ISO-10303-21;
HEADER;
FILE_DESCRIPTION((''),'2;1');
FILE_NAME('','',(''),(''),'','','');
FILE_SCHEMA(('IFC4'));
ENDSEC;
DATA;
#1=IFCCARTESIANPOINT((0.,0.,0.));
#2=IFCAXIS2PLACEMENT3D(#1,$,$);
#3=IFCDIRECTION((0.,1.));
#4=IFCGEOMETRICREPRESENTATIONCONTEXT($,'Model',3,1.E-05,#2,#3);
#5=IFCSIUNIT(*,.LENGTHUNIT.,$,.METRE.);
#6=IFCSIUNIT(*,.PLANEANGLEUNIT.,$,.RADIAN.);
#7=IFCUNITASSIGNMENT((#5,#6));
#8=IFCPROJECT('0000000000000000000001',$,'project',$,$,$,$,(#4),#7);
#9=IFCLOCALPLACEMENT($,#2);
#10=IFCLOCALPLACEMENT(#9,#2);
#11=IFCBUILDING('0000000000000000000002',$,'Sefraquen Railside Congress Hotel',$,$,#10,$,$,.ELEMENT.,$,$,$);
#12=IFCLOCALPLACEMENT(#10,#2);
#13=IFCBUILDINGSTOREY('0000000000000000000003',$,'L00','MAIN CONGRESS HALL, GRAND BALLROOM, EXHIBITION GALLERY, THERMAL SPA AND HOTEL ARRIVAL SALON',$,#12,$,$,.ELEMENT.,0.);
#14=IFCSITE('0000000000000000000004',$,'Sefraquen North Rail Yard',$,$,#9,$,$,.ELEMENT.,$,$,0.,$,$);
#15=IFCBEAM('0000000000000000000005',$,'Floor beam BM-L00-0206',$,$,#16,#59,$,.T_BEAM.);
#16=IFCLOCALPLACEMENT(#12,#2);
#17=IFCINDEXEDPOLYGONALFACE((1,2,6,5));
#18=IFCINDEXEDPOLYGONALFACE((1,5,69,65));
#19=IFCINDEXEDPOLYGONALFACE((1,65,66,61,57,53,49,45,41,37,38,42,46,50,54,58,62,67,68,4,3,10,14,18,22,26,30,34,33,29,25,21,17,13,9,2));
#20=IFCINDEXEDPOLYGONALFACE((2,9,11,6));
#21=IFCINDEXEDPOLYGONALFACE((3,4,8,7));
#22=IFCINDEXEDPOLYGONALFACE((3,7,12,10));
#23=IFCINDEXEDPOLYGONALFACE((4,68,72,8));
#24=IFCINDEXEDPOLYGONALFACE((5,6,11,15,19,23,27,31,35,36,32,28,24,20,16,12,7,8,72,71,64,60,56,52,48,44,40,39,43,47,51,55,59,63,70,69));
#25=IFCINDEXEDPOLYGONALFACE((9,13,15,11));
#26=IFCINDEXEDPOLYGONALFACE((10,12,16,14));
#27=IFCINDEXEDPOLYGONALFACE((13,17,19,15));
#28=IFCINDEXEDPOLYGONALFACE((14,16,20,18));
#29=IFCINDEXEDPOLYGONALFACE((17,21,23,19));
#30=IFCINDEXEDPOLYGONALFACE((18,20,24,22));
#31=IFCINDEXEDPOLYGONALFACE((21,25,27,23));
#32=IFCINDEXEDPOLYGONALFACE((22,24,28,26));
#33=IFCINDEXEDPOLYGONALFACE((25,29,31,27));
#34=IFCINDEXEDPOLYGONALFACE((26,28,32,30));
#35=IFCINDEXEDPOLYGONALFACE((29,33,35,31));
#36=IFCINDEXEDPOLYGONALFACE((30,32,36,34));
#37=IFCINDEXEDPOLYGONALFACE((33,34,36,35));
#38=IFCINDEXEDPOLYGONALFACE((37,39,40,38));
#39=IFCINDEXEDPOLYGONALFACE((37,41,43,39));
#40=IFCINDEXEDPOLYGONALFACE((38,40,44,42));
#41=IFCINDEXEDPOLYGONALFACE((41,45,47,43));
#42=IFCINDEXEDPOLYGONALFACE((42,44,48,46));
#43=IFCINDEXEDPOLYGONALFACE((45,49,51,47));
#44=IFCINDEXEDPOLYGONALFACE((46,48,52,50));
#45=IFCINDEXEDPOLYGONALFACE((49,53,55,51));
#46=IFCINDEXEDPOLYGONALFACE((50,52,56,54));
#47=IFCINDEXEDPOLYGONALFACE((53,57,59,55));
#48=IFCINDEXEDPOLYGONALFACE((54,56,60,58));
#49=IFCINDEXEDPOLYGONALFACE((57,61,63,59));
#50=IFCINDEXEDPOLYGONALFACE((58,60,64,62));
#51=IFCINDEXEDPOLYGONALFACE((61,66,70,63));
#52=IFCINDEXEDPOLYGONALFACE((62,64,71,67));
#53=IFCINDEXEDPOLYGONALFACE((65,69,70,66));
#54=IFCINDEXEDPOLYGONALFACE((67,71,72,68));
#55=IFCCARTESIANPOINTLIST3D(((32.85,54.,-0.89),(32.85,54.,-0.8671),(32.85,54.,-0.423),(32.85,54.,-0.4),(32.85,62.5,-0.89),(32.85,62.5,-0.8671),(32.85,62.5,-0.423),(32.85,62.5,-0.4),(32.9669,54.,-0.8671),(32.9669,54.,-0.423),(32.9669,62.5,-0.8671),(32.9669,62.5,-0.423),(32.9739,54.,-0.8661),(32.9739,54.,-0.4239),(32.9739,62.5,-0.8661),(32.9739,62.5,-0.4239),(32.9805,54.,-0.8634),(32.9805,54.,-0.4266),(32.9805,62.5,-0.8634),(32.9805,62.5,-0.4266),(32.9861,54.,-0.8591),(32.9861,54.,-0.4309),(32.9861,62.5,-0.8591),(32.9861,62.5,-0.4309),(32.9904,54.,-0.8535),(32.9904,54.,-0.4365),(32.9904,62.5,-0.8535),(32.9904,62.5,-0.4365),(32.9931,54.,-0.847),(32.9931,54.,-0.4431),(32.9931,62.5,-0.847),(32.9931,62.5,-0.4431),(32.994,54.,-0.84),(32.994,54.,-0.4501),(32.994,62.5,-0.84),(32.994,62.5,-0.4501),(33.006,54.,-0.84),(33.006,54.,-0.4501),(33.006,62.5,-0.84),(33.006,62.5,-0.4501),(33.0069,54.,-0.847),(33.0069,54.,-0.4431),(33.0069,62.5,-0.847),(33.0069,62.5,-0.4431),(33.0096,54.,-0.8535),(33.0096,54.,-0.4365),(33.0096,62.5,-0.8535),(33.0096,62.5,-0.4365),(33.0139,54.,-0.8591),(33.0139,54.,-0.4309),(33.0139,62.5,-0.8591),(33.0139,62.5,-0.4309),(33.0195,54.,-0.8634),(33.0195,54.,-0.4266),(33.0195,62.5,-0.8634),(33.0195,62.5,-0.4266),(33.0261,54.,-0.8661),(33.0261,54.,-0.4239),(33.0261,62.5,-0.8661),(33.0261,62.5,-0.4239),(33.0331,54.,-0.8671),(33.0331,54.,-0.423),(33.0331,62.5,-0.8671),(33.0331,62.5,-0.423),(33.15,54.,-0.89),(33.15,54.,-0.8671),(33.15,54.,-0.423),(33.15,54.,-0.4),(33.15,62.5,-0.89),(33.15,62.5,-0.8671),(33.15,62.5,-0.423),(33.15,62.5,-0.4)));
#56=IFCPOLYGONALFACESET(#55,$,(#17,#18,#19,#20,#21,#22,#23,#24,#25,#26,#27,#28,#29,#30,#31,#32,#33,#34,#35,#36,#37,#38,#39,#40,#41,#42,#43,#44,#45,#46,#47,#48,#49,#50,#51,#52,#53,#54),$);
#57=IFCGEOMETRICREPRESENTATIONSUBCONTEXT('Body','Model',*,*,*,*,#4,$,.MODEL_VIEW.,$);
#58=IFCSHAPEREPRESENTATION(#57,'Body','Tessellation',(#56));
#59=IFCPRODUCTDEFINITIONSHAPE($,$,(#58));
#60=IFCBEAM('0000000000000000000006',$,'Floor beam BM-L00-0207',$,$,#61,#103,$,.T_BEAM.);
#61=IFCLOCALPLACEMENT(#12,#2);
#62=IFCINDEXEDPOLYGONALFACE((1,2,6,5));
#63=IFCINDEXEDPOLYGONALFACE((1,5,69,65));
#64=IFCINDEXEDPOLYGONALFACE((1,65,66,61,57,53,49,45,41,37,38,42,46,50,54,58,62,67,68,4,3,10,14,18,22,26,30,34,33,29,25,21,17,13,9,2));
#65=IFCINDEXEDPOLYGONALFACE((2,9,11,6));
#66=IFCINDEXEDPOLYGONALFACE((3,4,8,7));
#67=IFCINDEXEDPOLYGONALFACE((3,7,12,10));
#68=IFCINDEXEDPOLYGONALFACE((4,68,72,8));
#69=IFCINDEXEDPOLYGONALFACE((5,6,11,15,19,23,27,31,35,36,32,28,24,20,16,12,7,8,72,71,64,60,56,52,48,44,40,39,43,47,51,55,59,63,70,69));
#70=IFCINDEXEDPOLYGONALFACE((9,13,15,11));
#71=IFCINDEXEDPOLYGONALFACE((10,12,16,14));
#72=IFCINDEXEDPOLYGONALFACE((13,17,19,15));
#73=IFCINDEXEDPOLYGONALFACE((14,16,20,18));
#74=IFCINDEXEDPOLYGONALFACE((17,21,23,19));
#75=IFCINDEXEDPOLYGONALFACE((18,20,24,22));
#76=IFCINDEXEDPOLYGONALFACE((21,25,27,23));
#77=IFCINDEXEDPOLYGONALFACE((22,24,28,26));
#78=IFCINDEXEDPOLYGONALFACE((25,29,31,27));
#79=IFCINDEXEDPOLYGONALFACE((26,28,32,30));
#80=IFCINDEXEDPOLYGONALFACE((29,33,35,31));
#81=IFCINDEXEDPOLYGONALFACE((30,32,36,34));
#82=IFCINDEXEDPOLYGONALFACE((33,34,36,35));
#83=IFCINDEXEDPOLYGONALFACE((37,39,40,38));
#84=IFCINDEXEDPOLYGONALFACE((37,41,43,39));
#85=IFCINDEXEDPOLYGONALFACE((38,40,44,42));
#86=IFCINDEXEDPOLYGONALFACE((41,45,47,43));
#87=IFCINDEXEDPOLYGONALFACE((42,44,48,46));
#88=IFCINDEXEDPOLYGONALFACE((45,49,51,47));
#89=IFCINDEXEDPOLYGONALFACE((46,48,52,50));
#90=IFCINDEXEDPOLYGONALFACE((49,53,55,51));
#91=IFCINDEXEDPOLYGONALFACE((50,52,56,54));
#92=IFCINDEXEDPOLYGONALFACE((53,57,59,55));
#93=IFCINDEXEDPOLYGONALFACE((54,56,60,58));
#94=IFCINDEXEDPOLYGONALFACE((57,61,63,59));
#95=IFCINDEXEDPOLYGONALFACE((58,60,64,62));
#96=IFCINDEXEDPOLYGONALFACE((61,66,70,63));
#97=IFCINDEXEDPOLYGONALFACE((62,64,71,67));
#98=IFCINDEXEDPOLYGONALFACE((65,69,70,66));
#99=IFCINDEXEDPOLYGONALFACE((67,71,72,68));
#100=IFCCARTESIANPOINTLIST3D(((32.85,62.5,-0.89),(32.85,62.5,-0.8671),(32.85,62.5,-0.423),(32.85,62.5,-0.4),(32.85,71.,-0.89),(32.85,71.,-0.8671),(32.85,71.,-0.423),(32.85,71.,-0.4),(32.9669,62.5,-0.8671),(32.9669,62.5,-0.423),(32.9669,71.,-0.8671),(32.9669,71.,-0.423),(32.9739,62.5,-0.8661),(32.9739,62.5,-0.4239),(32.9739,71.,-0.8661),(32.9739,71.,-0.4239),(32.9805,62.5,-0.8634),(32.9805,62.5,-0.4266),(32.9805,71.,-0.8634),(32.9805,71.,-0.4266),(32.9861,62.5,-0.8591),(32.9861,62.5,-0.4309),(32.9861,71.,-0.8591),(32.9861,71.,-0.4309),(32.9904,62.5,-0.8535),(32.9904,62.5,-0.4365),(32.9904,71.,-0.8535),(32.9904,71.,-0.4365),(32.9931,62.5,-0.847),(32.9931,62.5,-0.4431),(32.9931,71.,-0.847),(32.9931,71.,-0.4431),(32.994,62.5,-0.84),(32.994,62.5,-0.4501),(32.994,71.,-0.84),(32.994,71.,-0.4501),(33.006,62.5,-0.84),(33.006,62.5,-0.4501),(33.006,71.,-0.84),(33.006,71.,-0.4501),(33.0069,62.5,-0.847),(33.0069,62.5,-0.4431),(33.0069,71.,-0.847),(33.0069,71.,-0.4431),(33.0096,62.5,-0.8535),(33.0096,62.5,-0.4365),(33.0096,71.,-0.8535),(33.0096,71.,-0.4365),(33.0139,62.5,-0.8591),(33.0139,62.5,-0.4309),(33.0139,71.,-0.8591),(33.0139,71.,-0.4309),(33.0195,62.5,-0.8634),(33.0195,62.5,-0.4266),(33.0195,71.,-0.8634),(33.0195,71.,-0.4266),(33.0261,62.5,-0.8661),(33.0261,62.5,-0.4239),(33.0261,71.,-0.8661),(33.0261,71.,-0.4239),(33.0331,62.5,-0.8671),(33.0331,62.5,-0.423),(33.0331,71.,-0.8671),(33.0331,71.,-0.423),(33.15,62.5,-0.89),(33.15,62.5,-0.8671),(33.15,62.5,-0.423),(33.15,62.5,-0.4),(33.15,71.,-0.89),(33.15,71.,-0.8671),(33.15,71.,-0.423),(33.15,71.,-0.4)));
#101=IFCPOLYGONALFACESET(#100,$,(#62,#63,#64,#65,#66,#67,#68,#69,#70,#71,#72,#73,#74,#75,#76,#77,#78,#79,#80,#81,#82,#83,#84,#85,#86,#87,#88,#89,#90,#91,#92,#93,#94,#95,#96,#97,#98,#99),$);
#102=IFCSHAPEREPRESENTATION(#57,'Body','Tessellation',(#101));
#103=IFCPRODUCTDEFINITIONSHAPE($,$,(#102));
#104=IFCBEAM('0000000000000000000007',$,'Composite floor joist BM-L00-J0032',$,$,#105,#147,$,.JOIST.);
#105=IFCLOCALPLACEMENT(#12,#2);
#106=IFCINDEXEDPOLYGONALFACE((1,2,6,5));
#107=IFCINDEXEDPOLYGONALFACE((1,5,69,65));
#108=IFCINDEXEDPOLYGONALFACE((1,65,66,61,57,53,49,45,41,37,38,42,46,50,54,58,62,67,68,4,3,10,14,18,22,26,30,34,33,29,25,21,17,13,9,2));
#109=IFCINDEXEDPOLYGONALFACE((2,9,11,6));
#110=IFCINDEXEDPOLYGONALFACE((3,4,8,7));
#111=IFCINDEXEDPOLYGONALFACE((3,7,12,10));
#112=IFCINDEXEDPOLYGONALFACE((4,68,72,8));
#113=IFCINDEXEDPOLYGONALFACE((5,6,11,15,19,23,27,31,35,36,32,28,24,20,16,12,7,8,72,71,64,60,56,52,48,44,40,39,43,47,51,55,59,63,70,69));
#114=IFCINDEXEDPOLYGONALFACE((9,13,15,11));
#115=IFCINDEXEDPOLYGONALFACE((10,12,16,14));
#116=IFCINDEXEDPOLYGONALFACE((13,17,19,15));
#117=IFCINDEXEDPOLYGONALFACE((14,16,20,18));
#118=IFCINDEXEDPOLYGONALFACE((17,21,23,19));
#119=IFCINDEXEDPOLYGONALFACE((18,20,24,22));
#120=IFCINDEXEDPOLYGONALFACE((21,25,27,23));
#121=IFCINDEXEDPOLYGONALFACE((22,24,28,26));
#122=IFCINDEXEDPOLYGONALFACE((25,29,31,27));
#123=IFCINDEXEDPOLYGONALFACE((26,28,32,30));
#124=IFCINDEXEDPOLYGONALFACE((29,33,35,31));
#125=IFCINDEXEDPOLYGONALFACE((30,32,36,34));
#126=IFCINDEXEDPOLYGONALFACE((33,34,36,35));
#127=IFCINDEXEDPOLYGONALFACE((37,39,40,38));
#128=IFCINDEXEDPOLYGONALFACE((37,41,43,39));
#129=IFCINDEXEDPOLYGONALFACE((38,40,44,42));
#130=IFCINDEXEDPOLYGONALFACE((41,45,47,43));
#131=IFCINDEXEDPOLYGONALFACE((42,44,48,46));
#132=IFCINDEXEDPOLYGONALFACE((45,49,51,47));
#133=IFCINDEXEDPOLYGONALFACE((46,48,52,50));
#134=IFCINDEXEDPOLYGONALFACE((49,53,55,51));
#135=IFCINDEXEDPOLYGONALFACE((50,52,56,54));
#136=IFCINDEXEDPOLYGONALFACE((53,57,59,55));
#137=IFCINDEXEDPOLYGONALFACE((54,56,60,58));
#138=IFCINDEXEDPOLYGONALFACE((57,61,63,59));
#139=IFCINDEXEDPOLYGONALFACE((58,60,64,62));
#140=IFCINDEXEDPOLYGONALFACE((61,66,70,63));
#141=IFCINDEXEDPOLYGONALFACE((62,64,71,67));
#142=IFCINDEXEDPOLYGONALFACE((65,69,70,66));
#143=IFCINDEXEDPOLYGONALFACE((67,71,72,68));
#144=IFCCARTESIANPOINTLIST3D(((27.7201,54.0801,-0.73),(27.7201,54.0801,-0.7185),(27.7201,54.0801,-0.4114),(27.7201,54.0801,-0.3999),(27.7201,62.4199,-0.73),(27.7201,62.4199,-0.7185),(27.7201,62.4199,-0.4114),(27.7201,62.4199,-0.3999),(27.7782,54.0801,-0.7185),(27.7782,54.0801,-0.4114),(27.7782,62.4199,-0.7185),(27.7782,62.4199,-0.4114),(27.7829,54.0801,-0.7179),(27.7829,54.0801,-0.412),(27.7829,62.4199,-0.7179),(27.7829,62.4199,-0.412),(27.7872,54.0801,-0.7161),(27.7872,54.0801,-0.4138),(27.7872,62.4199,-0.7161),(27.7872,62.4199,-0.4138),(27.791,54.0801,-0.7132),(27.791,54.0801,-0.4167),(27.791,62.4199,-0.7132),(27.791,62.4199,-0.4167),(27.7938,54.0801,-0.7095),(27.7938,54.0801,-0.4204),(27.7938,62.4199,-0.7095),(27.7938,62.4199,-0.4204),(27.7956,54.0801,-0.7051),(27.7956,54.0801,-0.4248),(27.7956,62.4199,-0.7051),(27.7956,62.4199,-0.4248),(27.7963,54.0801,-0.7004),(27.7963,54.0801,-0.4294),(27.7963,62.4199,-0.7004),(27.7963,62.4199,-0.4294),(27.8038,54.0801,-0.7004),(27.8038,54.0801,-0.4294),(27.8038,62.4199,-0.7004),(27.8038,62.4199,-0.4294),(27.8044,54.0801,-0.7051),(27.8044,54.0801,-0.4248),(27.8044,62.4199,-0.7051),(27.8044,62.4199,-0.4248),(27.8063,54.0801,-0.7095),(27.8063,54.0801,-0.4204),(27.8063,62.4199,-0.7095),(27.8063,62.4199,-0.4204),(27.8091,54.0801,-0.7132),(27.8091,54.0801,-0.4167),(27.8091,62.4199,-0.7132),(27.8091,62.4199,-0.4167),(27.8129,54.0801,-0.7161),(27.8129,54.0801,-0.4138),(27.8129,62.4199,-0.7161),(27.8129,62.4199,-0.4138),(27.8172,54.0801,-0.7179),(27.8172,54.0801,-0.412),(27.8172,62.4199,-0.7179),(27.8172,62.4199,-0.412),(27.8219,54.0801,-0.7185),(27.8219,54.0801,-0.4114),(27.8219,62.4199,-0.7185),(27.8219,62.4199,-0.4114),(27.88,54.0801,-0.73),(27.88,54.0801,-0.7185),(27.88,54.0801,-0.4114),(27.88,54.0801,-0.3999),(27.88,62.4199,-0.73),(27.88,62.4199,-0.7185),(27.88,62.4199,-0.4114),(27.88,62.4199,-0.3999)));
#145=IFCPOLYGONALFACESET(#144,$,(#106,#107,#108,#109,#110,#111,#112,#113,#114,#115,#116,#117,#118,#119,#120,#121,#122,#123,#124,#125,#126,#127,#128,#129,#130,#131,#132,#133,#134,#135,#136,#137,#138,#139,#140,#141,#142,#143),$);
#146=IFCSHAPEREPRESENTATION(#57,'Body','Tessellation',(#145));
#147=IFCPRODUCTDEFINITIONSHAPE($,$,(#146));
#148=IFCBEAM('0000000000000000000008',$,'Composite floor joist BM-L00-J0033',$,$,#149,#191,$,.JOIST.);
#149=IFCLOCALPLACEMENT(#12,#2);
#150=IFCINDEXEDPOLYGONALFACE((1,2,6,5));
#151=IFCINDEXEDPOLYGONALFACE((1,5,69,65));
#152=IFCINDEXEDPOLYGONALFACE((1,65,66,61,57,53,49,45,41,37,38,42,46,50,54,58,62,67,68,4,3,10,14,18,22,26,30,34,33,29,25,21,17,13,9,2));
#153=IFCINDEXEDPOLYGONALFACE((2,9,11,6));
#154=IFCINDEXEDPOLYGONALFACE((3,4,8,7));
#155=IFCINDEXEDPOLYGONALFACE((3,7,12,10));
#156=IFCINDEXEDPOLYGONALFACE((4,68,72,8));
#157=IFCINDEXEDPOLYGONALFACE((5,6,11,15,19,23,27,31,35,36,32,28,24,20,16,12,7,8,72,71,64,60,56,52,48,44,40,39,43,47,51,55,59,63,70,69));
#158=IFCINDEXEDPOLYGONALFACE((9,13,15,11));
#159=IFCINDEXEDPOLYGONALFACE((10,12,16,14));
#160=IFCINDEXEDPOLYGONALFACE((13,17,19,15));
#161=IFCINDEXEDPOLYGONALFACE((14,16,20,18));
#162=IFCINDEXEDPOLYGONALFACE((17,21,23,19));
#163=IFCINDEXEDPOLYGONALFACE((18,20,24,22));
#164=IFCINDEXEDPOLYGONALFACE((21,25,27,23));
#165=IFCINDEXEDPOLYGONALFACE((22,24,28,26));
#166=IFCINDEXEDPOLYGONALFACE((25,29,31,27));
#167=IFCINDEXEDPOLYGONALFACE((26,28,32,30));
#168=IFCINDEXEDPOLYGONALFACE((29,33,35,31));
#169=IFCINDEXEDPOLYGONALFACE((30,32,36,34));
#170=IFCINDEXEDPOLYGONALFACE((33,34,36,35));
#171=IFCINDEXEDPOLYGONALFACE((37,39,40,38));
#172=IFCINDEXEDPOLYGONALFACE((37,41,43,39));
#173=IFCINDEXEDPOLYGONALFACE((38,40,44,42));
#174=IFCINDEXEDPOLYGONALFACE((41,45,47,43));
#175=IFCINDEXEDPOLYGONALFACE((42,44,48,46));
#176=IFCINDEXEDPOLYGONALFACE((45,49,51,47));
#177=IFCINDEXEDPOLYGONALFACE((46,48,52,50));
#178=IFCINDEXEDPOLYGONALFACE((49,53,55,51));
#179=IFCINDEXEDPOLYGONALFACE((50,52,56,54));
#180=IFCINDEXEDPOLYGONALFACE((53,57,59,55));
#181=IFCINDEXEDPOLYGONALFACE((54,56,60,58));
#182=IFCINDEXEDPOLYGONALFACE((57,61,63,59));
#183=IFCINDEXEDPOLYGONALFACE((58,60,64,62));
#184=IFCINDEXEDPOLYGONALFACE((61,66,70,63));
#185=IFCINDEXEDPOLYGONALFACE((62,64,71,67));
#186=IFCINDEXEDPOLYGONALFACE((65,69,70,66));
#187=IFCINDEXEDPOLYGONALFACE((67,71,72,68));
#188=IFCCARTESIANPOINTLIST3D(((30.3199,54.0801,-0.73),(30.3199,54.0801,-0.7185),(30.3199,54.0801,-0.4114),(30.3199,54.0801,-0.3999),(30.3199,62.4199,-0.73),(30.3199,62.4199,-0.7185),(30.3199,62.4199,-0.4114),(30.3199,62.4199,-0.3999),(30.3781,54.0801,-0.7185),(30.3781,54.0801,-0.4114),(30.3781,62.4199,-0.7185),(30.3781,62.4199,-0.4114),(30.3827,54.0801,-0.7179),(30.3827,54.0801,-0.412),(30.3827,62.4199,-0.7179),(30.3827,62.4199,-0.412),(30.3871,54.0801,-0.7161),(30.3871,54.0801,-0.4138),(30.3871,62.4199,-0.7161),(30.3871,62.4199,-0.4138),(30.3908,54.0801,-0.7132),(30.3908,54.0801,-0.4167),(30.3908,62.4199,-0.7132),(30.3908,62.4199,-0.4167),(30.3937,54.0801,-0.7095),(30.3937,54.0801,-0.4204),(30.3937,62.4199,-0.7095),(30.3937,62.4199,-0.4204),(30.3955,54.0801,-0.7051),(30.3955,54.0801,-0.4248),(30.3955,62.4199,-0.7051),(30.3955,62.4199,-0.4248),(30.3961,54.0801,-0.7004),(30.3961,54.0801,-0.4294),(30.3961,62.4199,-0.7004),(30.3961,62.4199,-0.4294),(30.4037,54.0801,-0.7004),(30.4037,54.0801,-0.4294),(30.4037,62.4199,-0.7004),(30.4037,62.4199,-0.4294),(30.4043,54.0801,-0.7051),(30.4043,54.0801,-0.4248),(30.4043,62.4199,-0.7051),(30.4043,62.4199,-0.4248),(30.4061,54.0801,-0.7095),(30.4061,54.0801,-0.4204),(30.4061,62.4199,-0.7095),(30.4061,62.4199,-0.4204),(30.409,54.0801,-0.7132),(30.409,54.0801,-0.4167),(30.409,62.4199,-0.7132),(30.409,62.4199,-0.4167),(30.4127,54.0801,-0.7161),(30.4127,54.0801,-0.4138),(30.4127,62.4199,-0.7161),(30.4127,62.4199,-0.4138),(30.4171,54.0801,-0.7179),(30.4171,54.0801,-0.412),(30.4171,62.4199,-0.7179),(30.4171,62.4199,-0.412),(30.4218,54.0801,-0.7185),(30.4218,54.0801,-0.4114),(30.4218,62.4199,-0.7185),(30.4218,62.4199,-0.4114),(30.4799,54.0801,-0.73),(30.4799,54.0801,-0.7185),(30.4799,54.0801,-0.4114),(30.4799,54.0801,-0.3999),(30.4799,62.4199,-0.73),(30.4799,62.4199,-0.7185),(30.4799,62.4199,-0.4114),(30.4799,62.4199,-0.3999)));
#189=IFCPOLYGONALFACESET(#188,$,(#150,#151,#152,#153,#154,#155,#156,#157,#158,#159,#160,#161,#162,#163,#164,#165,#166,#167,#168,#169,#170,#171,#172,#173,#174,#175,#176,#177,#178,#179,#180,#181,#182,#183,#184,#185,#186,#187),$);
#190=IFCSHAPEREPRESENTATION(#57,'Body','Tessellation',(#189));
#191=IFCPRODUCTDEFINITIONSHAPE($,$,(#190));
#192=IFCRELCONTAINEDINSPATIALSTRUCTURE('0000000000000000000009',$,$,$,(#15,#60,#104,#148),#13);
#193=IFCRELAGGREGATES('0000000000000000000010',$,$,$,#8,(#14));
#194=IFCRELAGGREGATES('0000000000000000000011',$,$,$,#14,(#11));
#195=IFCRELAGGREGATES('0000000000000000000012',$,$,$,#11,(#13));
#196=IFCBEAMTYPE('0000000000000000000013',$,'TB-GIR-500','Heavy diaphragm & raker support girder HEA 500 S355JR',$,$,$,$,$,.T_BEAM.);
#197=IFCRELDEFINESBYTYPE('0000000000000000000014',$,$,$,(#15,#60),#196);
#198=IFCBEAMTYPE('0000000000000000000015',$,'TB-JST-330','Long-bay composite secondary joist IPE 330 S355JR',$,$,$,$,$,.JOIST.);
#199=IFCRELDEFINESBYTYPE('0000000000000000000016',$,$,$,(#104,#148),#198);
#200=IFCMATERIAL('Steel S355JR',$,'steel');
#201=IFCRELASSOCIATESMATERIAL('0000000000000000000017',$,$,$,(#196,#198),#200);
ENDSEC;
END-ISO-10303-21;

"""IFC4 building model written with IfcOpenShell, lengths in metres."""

from ifc_helpers import new_model, si_unit, direction, frame, origin, origin_2d, place, context, subcontext, project, spatial, i_section, extrude, material, material_profile, profile_set, type_object, element, save


model = new_model("IFC4")

# Units and contexts
model_context = context("Model", 3, precision=1e-05, world=origin(), true_north=direction((0.0, 1.0)))
body_context = subcontext(model_context, "Body", "Model", "MODEL_VIEW")
ifc_project = project(units=[si_unit("LENGTHUNIT", "METRE"), si_unit("PLANEANGLEUNIT", "RADIAN")], contexts=[model_context])

# Site, building, storey
site_placement = place(None, origin())
site = spatial("IfcSite", under=ifc_project, at=site_placement, Name="Sefraquen North Rail Yard", CompositionType="ELEMENT", RefElevation=0.0)
building_placement = place(site_placement, origin())
building = spatial("IfcBuilding", under=site, at=building_placement, Name="Sefraquen Railside Congress Hotel", CompositionType="ELEMENT")
storey_placement = place(building_placement, origin())
storey = spatial("IfcBuildingStorey", under=building, at=storey_placement, Name="L00", Description="MAIN CONGRESS HALL, GRAND BALLROOM, EXHIBITION GALLERY, THERMAL SPA AND HOTEL ARRIVAL SALON", CompositionType="ELEMENT", Elevation=0.0)

# Shared definitions
ifc_material_1 = material(Name="Steel S355JR", Category="steel")

# Beams
ifc_material_profile_1 = material_profile(ifc_material_1, i_section(OverallWidth=0.3, OverallDepth=0.49, WebThickness=0.012, FlangeThickness=0.0229, FilletRadius=0.0271, at=origin_2d()), Name="HEA 500")
ifc_profile_set_1 = profile_set([ifc_material_profile_1], Name="Steel S355JR")
beam_type_1 = type_object("IfcBeamType", Name="TB-GIR-500", Description="Heavy diaphragm & raker support girder HEA 500 S355JR", PredefinedType="T_BEAM", material=ifc_profile_set_1)
for number, where, z_axis, x_axis, name in (
    (1, (33.0, 54.0, -0.645), (0.0, 1.0, 0.0), (-1.0, 0.0, 0.0), "Floor beam BM-L00-0206"),
    (2, (33.0, 62.5, -0.645), (0.0, 1.0, 0.0), (-1.0, 0.0, 0.0), "Floor beam BM-L00-0207"),
):
    element("IfcBeam", number, at=place(storey_placement, frame(where, z_axis=z_axis, x_axis=x_axis)), inside=storey, type_object=beam_type_1, Name=name, PredefinedType="T_BEAM", context=body_context, shape_type="SweptSolid", body=[
        extrude(i_section(OverallWidth=0.3, OverallDepth=0.49, WebThickness=0.012, FlangeThickness=0.0229, FilletRadius=0.0271, at=origin_2d()), origin(), (0.0, 0.0, 1.0), 8.5),
    ])
ifc_material_profile_2 = material_profile(ifc_material_1, i_section(OverallWidth=0.1599, OverallDepth=0.3301, WebThickness=0.0076, FlangeThickness=0.0115, FilletRadius=0.0181, at=origin_2d()), Name="IPE 330")
ifc_profile_set_2 = profile_set([ifc_material_profile_2], Name="Steel S355JR")
beam_type_2 = type_object("IfcBeamType", Name="TB-JST-330", Description="Long-bay composite secondary joist IPE 330 S355JR", PredefinedType="JOIST", material=ifc_profile_set_2)
for number, where, z_axis, x_axis, name in (
    (3, (27.8, 54.0801, -0.5649), (0.0, 1.0, 0.0), (-1.0, 0.0, 0.0), "Composite floor joist BM-L00-J0032"),
    (4, (30.3999, 54.0801, -0.5649), (0.0, 1.0, 0.0), (-1.0, 0.0, 0.0), "Composite floor joist BM-L00-J0033"),
):
    element("IfcBeam", number, at=place(storey_placement, frame(where, z_axis=z_axis, x_axis=x_axis)), inside=storey, type_object=beam_type_2, Name=name, PredefinedType="JOIST", context=body_context, shape_type="SweptSolid", body=[
        extrude(i_section(OverallWidth=0.1599, OverallDepth=0.3301, WebThickness=0.0076, FlangeThickness=0.0115, FilletRadius=0.0181, at=origin_2d()), origin(), (0.0, 0.0, 1.0), 8.3398),
    ])

save(model, "model.ifc")
